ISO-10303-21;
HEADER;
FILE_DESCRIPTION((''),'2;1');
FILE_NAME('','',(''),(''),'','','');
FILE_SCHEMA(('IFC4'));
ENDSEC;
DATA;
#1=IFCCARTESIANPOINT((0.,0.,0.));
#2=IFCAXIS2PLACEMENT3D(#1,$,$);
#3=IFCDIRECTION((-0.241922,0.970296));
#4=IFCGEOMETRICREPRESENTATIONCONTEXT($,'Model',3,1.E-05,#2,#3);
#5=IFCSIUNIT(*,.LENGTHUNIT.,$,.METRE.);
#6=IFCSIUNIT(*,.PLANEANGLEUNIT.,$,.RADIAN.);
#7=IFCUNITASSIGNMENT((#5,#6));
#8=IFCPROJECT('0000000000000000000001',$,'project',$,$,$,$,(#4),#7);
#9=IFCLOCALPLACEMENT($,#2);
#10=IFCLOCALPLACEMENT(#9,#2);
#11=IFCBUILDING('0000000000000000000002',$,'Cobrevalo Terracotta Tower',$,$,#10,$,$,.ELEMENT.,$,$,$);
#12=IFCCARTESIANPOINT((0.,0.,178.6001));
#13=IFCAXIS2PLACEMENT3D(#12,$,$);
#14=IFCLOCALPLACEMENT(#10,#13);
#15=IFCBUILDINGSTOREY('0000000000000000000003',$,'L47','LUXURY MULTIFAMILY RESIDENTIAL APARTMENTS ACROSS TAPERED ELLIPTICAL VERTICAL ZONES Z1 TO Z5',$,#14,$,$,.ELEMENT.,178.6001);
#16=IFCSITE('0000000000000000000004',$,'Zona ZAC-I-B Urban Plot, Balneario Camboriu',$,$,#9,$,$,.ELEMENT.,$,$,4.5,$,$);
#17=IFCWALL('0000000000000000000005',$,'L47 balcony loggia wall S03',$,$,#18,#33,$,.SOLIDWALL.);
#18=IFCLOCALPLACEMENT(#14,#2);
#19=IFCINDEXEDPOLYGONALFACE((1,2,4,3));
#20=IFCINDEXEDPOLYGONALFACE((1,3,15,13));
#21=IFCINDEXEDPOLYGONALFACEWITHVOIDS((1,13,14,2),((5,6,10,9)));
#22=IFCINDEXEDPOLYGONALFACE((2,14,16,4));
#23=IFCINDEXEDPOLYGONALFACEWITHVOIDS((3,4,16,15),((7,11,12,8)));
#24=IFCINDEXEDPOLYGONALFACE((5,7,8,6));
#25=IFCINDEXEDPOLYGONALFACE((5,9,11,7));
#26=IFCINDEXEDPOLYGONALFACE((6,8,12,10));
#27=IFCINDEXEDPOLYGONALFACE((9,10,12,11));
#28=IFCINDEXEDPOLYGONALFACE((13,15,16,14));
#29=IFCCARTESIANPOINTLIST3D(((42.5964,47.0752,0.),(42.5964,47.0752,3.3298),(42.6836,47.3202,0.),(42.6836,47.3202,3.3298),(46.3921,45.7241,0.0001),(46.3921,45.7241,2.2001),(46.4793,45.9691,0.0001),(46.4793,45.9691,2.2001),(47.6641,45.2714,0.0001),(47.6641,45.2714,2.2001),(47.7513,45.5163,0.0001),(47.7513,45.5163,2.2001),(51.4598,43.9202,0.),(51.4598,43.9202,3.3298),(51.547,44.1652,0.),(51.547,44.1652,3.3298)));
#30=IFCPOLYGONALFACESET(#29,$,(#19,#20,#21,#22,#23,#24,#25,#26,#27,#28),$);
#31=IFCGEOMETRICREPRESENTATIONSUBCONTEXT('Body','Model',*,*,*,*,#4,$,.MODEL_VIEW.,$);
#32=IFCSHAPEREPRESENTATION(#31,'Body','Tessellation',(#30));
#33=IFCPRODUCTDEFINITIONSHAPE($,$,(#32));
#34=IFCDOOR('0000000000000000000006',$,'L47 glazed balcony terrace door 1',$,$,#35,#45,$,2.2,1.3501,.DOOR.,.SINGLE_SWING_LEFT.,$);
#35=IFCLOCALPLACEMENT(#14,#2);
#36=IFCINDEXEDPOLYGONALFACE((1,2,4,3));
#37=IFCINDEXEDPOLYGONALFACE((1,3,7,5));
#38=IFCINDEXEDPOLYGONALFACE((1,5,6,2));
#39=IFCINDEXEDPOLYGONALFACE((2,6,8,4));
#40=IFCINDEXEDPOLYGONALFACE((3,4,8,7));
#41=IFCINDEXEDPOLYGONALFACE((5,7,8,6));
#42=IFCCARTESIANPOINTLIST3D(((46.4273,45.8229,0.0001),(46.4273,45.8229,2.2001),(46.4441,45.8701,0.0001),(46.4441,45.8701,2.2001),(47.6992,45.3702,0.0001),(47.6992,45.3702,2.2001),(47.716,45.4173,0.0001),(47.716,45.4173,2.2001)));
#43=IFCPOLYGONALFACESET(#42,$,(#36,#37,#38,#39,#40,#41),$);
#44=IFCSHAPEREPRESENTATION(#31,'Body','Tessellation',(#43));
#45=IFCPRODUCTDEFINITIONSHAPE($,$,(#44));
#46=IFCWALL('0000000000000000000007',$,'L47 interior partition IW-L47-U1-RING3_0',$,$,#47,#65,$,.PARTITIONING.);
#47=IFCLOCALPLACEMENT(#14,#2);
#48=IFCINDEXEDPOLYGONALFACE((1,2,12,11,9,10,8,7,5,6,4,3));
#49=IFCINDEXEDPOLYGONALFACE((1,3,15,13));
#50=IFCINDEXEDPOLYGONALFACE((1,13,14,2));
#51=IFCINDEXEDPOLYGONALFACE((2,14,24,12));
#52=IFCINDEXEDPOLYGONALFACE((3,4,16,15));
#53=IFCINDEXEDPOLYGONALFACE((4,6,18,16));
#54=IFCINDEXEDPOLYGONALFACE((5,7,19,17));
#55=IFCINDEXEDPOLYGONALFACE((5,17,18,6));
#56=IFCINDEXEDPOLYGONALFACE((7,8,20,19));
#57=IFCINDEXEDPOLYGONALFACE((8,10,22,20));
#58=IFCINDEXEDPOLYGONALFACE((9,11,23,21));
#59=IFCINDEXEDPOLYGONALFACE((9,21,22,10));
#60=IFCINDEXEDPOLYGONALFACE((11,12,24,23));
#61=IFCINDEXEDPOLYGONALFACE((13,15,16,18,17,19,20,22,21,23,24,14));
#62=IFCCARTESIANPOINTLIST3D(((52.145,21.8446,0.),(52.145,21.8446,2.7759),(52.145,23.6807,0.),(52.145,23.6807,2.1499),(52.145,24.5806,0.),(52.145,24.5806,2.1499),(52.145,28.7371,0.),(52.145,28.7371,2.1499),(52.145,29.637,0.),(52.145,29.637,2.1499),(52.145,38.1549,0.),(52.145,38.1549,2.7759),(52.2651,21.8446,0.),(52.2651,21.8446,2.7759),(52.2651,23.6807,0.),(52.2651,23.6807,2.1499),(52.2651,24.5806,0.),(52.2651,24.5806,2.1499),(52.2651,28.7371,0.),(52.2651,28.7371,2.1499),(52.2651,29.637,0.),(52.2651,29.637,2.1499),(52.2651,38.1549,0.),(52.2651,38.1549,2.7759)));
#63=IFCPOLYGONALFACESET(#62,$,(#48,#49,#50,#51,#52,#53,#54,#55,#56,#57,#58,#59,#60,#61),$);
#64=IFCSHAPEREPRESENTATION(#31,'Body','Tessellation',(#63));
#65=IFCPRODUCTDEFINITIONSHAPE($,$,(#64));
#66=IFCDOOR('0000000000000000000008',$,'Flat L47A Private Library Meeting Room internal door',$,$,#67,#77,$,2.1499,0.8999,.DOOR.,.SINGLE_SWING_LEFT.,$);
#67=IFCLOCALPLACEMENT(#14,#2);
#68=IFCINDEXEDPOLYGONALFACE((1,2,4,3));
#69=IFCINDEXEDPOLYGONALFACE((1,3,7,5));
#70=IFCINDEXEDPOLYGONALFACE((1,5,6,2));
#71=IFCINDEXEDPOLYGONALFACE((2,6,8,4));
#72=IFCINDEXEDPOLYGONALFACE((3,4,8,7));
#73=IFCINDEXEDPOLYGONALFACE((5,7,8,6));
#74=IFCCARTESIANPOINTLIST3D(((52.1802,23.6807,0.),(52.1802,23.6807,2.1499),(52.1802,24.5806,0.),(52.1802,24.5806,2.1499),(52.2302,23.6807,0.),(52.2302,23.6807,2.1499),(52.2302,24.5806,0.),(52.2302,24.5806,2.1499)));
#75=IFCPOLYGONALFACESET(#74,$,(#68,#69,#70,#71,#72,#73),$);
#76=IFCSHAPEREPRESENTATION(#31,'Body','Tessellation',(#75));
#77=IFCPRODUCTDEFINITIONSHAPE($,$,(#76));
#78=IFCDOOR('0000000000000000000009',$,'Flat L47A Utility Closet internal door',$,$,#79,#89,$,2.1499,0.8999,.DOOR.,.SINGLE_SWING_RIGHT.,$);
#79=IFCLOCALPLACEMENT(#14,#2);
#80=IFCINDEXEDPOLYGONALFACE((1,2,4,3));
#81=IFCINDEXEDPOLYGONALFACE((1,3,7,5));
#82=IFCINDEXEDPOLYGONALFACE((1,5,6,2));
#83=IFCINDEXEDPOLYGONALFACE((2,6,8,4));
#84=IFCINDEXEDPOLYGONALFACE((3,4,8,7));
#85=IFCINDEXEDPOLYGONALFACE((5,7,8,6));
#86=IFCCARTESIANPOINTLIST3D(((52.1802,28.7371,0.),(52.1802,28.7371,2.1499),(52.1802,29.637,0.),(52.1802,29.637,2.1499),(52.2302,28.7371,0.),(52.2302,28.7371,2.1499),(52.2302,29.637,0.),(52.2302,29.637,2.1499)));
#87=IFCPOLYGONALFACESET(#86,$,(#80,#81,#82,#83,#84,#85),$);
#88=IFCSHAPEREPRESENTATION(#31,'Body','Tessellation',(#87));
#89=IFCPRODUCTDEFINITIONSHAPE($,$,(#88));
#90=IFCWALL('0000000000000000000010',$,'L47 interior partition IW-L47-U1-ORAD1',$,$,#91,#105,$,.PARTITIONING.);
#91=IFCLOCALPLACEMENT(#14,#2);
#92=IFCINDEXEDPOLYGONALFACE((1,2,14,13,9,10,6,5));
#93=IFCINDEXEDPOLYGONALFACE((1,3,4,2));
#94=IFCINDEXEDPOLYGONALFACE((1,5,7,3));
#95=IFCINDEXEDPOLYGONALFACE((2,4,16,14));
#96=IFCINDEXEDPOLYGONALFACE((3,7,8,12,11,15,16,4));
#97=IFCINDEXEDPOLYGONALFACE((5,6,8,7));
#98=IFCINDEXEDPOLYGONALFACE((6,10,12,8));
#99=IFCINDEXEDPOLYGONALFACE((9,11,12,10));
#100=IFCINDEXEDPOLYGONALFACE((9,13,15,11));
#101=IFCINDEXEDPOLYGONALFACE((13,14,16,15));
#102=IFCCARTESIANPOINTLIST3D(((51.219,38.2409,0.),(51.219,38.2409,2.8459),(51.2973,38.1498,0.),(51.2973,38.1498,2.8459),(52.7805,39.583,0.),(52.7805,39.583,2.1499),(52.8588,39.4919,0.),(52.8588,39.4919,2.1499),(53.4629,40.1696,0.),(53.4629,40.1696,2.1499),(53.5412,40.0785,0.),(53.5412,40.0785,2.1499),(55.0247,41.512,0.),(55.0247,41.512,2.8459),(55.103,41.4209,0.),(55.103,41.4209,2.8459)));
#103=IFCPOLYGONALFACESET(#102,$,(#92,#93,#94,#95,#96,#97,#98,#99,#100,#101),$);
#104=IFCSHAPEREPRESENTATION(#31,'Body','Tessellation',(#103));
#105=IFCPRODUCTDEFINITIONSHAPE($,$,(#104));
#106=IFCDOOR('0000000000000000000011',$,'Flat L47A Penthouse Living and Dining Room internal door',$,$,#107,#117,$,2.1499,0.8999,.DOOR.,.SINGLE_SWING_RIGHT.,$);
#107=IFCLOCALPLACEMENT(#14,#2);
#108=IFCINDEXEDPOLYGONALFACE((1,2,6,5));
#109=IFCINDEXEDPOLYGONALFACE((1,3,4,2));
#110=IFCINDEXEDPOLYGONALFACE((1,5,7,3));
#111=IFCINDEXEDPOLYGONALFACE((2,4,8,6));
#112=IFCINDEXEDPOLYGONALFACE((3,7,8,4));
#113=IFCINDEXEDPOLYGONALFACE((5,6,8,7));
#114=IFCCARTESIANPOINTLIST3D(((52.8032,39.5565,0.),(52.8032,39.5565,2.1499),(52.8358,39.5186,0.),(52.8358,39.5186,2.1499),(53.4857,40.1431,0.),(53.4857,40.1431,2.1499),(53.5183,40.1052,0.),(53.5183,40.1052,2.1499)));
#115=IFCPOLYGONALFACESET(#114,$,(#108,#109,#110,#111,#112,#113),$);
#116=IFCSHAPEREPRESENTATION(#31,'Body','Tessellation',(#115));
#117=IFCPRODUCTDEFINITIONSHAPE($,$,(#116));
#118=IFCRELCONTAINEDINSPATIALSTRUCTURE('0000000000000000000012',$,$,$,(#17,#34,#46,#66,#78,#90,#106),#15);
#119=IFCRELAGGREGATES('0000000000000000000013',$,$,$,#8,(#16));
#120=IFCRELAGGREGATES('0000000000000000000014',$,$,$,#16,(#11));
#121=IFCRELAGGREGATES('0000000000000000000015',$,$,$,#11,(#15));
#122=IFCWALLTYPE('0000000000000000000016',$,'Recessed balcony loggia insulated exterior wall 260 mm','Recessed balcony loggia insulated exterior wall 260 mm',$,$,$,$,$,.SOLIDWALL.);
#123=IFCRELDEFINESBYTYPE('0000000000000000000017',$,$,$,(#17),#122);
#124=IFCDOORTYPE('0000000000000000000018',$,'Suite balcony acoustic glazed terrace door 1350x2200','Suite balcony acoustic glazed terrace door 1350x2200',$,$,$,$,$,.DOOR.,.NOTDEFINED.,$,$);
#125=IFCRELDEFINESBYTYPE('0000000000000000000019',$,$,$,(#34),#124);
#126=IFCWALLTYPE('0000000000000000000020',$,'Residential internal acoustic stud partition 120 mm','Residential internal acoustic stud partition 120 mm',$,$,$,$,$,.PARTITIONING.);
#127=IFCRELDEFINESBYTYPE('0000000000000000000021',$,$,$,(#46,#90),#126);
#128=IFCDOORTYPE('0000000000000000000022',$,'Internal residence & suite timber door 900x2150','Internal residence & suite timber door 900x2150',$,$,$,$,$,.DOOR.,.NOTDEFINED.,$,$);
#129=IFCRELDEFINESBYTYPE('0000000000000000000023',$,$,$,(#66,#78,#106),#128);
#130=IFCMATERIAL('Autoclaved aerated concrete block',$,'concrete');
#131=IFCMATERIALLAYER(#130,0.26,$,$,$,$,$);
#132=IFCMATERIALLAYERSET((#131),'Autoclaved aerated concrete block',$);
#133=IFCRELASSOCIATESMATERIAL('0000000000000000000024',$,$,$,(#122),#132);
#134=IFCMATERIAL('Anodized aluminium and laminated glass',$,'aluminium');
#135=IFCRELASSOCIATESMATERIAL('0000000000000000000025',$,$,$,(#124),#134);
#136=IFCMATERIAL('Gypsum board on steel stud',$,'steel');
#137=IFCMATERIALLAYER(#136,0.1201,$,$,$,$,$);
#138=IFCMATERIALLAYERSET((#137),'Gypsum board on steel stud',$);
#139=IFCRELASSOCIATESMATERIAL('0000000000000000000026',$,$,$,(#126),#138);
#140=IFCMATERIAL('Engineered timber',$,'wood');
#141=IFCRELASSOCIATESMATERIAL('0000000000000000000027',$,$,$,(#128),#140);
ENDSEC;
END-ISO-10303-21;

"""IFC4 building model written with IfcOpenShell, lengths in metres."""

from ifc_helpers import new_model, si_unit, direction, frame, frame_2d, origin, place, context, subcontext, project, spatial, rectangle, extrude, source, transform, mapped, material, layer, layer_set, type_object, element, fill, save


model = new_model("IFC4")

# Units and contexts
model_context = context("Model", 3, precision=1e-05, world=origin(), true_north=direction((-0.241922, 0.970296)))
body_context = subcontext(model_context, "Body", "Model", "MODEL_VIEW")
ifc_project = project(units=[si_unit("LENGTHUNIT", "METRE"), si_unit("PLANEANGLEUNIT", "RADIAN")], contexts=[model_context])

# Site, building, storey
site_placement = place(None, origin())
site = spatial("IfcSite", under=ifc_project, at=site_placement, Name="Zona ZAC-I-B Urban Plot, Balneario Camboriu", CompositionType="ELEMENT", RefElevation=4.5)
building_placement = place(site_placement, origin())
building = spatial("IfcBuilding", under=site, at=building_placement, Name="Cobrevalo Terracotta Tower", CompositionType="ELEMENT")
storey_placement = place(building_placement, frame((0.0, 0.0, 178.6001)))
storey = spatial("IfcBuildingStorey", under=building, at=storey_placement, Name="L47", Description="LUXURY MULTIFAMILY RESIDENTIAL APARTMENTS ACROSS TAPERED ELLIPTICAL VERTICAL ZONES Z1 TO Z5", CompositionType="ELEMENT", Elevation=178.6001)

# Wall, opening, door
ifc_material_1 = material(Name="Autoclaved aerated concrete block", Category="concrete")
ifc_layer_1 = layer(ifc_material_1, 0.26)
ifc_layer_set_1 = layer_set([ifc_layer_1], Name="Autoclaved aerated concrete block")
wall_type_1 = type_object("IfcWallType", Name="Recessed balcony loggia insulated exterior wall 260 mm", Description="Recessed balcony loggia insulated exterior wall 260 mm", PredefinedType="SOLIDWALL", material=ifc_layer_set_1)
wall_1_placement = place(storey_placement, frame((51.5034, 44.0427, 0.0), z_axis=(0.0, 0.0, 1.0), x_axis=(-0.942095, 0.335345, 0.0)))
wall_1 = element("IfcWall", 1, at=wall_1_placement, inside=storey, type_object=wall_type_1, Name="L47 balcony loggia wall S03", PredefinedType="SOLIDWALL", context=body_context, shape_type="SweptSolid", body=[
    extrude(rectangle(XDim=9.4082, YDim=0.26, at=frame_2d((4.7041, 0.0))), origin(), (0.0, 0.0, 1.0), 3.3298),
])
opening_1_placement = place(wall_1_placement, frame((4.0291, 0.0, 0.0)))
opening_1 = element("IfcOpeningElement", 2, at=opening_1_placement, cuts=wall_1, PredefinedType="OPENING", context=body_context, shape_type="SweptSolid", body=[
    extrude(rectangle(XDim=1.3501, YDim=2.2, at=frame_2d((0.675, 1.1001))), frame((0.0, 0.1401, 0.0), z_axis=(0.0, -1.0, 0.0), x_axis=(1.0, 0.0, 0.0)), (0.0, 0.0, 1.0), 0.28),
])
ifc_material_2 = material(Name="Anodized aluminium and laminated glass", Category="aluminium")
door_type_1 = type_object("IfcDoorType", Name="Suite balcony acoustic glazed terrace door 1350x2200", Description="Suite balcony acoustic glazed terrace door 1350x2200", OperationType="NOTDEFINED", PredefinedType="DOOR", material=ifc_material_2)
shared_shape_1 = source(origin(), body_context, "Body", "SweptSolid", [
    extrude(rectangle(XDim=1.3501, YDim=2.2, at=frame_2d((0.675, 1.1001))), frame((0.0, 0.0249, 0.0), z_axis=(0.0, -1.0, 0.0), x_axis=(1.0, 0.0, 0.0)), (0.0, 0.0, 1.0), 0.05),
])
door_1_placement = place(opening_1_placement, frame((1.3501, 0.0, 0.0), z_axis=(0.0, 0.0, 1.0), x_axis=(-1.0, 0.0, 0.0)))
door_1 = element("IfcDoor", 3, at=door_1_placement, inside=storey, type_object=door_type_1, Name="L47 glazed balcony terrace door 1", OperationType="SINGLE_SWING_LEFT", OverallHeight=2.2, OverallWidth=1.3501, PredefinedType="DOOR", context=body_context, shape_type="MappedRepresentation", body=[
    mapped(shared_shape_1, transform((0.0, 0.0, 0.0), scale=1.0)),
])
fill(opening_1, door_1)

# Wall, openings, doors
ifc_material_3 = material(Name="Gypsum board on steel stud", Category="steel")
ifc_layer_2 = layer(ifc_material_3, 0.1201)
ifc_layer_set_2 = layer_set([ifc_layer_2], Name="Gypsum board on steel stud")
wall_type_2 = type_object("IfcWallType", Name="Residential internal acoustic stud partition 120 mm", Description="Residential internal acoustic stud partition 120 mm", PredefinedType="PARTITIONING", material=ifc_layer_set_2)
wall_2_placement = place(storey_placement, frame((52.2051, 38.155, 0.0), z_axis=(0.0, 0.0, 1.0), x_axis=(0.0, -1.0, 0.0)))
wall_2 = element("IfcWall", 4, at=wall_2_placement, inside=storey, type_object=wall_type_2, Name="L47 interior partition IW-L47-U1-RING3_0", PredefinedType="PARTITIONING", context=body_context, shape_type="SweptSolid", body=[
    extrude(rectangle(XDim=16.3103, YDim=0.1201, at=frame_2d((8.1553, 0.0))), origin(), (0.0, 0.0, 1.0), 2.7759),
])
opening_2_placement = place(wall_2_placement, frame((13.5745, 0.0, 0.0)))
opening_2 = element("IfcOpeningElement", 5, at=opening_2_placement, cuts=wall_2, PredefinedType="OPENING", context=body_context, shape_type="SweptSolid", body=[
    extrude(rectangle(XDim=0.8999, YDim=2.1499, at=frame_2d((0.45, 1.075))), frame((0.0, 0.0701, 0.0), z_axis=(0.0, -1.0, 0.0), x_axis=(1.0, 0.0, 0.0)), (0.0, 0.0, 1.0), 0.1401),
])
opening_3_placement = place(wall_2_placement, frame((8.5181, 0.0, 0.0)))
opening_3 = element("IfcOpeningElement", 6, at=opening_3_placement, cuts=wall_2, PredefinedType="OPENING", context=body_context, shape_type="SweptSolid", body=[
    extrude(rectangle(XDim=0.8999, YDim=2.1499, at=frame_2d((0.45, 1.075))), frame((0.0, 0.0701, 0.0), z_axis=(0.0, -1.0, 0.0), x_axis=(1.0, 0.0, 0.0)), (0.0, 0.0, 1.0), 0.1401),
])
ifc_material_4 = material(Name="Engineered timber", Category="wood")
door_type_2 = type_object("IfcDoorType", Name="Internal residence & suite timber door 900x2150", Description="Internal residence & suite timber door 900x2150", OperationType="NOTDEFINED", PredefinedType="DOOR", material=ifc_material_4)
shared_shape_2 = source(origin(), body_context, "Body", "SweptSolid", [
    extrude(rectangle(XDim=0.8999, YDim=2.1499, at=frame_2d((0.45, 1.075))), frame((0.0, 0.0249, 0.0), z_axis=(0.0, -1.0, 0.0), x_axis=(1.0, 0.0, 0.0)), (0.0, 0.0, 1.0), 0.05),
])
door_2_placement = place(opening_2_placement, frame((0.8999, 0.0, 0.0), z_axis=(0.0, 0.0, 1.0), x_axis=(-1.0, 0.0, 0.0)))
door_2 = element("IfcDoor", 7, at=door_2_placement, inside=storey, type_object=door_type_2, Name="Flat L47A Private Library Meeting Room internal door", OperationType="SINGLE_SWING_LEFT", OverallHeight=2.1499, OverallWidth=0.8999, PredefinedType="DOOR", context=body_context, shape_type="MappedRepresentation", body=[
    mapped(shared_shape_2, transform((0.0, 0.0, 0.0), scale=1.0)),
])
fill(opening_2, door_2)
door_3_placement = place(opening_3_placement, frame((0.8999, 0.0, 0.0), z_axis=(0.0, 0.0, 1.0), x_axis=(-1.0, 0.0, 0.0)))
door_3 = element("IfcDoor", 8, at=door_3_placement, inside=storey, type_object=door_type_2, Name="Flat L47A Utility Closet internal door", OperationType="SINGLE_SWING_RIGHT", OverallHeight=2.1499, OverallWidth=0.8999, PredefinedType="DOOR", context=body_context, shape_type="MappedRepresentation", body=[
    mapped(shared_shape_2, transform((0.0, 0.0, 0.0), scale=1.0)),
])
fill(opening_3, door_3)

# Wall, opening, door
wall_3_placement = place(storey_placement, frame((51.2581, 38.1953, 0.0), z_axis=(0.0, 0.0, 1.0), x_axis=(0.75837, 0.651824, 0.0)))
wall_3 = element("IfcWall", 9, at=wall_3_placement, inside=storey, type_object=wall_type_2, Name="L47 interior partition IW-L47-U1-ORAD1", PredefinedType="PARTITIONING", context=body_context, shape_type="SweptSolid", body=[
    extrude(rectangle(XDim=5.0183, YDim=0.1201, at=frame_2d((2.5093, 0.0))), origin(), (0.0, 0.0, 1.0), 2.8459),
])
opening_4_placement = place(wall_3_placement, frame((2.0591, 0.0, 0.0)))
opening_4 = element("IfcOpeningElement", 10, at=opening_4_placement, cuts=wall_3, PredefinedType="OPENING", context=body_context, shape_type="SweptSolid", body=[
    extrude(rectangle(XDim=0.8999, YDim=2.1499, at=frame_2d((0.45, 1.075))), frame((0.0, 0.0701, 0.0), z_axis=(0.0, -1.0, 0.0), x_axis=(1.0, 0.0, 0.0)), (0.0, 0.0, 1.0), 0.1401),
])
door_4_placement = place(opening_4_placement, frame((0.8999, 0.0, 0.0), z_axis=(0.0, 0.0, 1.0), x_axis=(-1.0, 0.0, 0.0)))
door_4 = element("IfcDoor", 11, at=door_4_placement, inside=storey, type_object=door_type_2, Name="Flat L47A Penthouse Living and Dining Room internal door", OperationType="SINGLE_SWING_RIGHT", OverallHeight=2.1499, OverallWidth=0.8999, PredefinedType="DOOR", context=body_context, shape_type="MappedRepresentation", body=[
    mapped(shared_shape_2, transform((0.0, 0.0, 0.0), scale=1.0)),
])
fill(opening_4, door_4)

save(model, "model.ifc")
